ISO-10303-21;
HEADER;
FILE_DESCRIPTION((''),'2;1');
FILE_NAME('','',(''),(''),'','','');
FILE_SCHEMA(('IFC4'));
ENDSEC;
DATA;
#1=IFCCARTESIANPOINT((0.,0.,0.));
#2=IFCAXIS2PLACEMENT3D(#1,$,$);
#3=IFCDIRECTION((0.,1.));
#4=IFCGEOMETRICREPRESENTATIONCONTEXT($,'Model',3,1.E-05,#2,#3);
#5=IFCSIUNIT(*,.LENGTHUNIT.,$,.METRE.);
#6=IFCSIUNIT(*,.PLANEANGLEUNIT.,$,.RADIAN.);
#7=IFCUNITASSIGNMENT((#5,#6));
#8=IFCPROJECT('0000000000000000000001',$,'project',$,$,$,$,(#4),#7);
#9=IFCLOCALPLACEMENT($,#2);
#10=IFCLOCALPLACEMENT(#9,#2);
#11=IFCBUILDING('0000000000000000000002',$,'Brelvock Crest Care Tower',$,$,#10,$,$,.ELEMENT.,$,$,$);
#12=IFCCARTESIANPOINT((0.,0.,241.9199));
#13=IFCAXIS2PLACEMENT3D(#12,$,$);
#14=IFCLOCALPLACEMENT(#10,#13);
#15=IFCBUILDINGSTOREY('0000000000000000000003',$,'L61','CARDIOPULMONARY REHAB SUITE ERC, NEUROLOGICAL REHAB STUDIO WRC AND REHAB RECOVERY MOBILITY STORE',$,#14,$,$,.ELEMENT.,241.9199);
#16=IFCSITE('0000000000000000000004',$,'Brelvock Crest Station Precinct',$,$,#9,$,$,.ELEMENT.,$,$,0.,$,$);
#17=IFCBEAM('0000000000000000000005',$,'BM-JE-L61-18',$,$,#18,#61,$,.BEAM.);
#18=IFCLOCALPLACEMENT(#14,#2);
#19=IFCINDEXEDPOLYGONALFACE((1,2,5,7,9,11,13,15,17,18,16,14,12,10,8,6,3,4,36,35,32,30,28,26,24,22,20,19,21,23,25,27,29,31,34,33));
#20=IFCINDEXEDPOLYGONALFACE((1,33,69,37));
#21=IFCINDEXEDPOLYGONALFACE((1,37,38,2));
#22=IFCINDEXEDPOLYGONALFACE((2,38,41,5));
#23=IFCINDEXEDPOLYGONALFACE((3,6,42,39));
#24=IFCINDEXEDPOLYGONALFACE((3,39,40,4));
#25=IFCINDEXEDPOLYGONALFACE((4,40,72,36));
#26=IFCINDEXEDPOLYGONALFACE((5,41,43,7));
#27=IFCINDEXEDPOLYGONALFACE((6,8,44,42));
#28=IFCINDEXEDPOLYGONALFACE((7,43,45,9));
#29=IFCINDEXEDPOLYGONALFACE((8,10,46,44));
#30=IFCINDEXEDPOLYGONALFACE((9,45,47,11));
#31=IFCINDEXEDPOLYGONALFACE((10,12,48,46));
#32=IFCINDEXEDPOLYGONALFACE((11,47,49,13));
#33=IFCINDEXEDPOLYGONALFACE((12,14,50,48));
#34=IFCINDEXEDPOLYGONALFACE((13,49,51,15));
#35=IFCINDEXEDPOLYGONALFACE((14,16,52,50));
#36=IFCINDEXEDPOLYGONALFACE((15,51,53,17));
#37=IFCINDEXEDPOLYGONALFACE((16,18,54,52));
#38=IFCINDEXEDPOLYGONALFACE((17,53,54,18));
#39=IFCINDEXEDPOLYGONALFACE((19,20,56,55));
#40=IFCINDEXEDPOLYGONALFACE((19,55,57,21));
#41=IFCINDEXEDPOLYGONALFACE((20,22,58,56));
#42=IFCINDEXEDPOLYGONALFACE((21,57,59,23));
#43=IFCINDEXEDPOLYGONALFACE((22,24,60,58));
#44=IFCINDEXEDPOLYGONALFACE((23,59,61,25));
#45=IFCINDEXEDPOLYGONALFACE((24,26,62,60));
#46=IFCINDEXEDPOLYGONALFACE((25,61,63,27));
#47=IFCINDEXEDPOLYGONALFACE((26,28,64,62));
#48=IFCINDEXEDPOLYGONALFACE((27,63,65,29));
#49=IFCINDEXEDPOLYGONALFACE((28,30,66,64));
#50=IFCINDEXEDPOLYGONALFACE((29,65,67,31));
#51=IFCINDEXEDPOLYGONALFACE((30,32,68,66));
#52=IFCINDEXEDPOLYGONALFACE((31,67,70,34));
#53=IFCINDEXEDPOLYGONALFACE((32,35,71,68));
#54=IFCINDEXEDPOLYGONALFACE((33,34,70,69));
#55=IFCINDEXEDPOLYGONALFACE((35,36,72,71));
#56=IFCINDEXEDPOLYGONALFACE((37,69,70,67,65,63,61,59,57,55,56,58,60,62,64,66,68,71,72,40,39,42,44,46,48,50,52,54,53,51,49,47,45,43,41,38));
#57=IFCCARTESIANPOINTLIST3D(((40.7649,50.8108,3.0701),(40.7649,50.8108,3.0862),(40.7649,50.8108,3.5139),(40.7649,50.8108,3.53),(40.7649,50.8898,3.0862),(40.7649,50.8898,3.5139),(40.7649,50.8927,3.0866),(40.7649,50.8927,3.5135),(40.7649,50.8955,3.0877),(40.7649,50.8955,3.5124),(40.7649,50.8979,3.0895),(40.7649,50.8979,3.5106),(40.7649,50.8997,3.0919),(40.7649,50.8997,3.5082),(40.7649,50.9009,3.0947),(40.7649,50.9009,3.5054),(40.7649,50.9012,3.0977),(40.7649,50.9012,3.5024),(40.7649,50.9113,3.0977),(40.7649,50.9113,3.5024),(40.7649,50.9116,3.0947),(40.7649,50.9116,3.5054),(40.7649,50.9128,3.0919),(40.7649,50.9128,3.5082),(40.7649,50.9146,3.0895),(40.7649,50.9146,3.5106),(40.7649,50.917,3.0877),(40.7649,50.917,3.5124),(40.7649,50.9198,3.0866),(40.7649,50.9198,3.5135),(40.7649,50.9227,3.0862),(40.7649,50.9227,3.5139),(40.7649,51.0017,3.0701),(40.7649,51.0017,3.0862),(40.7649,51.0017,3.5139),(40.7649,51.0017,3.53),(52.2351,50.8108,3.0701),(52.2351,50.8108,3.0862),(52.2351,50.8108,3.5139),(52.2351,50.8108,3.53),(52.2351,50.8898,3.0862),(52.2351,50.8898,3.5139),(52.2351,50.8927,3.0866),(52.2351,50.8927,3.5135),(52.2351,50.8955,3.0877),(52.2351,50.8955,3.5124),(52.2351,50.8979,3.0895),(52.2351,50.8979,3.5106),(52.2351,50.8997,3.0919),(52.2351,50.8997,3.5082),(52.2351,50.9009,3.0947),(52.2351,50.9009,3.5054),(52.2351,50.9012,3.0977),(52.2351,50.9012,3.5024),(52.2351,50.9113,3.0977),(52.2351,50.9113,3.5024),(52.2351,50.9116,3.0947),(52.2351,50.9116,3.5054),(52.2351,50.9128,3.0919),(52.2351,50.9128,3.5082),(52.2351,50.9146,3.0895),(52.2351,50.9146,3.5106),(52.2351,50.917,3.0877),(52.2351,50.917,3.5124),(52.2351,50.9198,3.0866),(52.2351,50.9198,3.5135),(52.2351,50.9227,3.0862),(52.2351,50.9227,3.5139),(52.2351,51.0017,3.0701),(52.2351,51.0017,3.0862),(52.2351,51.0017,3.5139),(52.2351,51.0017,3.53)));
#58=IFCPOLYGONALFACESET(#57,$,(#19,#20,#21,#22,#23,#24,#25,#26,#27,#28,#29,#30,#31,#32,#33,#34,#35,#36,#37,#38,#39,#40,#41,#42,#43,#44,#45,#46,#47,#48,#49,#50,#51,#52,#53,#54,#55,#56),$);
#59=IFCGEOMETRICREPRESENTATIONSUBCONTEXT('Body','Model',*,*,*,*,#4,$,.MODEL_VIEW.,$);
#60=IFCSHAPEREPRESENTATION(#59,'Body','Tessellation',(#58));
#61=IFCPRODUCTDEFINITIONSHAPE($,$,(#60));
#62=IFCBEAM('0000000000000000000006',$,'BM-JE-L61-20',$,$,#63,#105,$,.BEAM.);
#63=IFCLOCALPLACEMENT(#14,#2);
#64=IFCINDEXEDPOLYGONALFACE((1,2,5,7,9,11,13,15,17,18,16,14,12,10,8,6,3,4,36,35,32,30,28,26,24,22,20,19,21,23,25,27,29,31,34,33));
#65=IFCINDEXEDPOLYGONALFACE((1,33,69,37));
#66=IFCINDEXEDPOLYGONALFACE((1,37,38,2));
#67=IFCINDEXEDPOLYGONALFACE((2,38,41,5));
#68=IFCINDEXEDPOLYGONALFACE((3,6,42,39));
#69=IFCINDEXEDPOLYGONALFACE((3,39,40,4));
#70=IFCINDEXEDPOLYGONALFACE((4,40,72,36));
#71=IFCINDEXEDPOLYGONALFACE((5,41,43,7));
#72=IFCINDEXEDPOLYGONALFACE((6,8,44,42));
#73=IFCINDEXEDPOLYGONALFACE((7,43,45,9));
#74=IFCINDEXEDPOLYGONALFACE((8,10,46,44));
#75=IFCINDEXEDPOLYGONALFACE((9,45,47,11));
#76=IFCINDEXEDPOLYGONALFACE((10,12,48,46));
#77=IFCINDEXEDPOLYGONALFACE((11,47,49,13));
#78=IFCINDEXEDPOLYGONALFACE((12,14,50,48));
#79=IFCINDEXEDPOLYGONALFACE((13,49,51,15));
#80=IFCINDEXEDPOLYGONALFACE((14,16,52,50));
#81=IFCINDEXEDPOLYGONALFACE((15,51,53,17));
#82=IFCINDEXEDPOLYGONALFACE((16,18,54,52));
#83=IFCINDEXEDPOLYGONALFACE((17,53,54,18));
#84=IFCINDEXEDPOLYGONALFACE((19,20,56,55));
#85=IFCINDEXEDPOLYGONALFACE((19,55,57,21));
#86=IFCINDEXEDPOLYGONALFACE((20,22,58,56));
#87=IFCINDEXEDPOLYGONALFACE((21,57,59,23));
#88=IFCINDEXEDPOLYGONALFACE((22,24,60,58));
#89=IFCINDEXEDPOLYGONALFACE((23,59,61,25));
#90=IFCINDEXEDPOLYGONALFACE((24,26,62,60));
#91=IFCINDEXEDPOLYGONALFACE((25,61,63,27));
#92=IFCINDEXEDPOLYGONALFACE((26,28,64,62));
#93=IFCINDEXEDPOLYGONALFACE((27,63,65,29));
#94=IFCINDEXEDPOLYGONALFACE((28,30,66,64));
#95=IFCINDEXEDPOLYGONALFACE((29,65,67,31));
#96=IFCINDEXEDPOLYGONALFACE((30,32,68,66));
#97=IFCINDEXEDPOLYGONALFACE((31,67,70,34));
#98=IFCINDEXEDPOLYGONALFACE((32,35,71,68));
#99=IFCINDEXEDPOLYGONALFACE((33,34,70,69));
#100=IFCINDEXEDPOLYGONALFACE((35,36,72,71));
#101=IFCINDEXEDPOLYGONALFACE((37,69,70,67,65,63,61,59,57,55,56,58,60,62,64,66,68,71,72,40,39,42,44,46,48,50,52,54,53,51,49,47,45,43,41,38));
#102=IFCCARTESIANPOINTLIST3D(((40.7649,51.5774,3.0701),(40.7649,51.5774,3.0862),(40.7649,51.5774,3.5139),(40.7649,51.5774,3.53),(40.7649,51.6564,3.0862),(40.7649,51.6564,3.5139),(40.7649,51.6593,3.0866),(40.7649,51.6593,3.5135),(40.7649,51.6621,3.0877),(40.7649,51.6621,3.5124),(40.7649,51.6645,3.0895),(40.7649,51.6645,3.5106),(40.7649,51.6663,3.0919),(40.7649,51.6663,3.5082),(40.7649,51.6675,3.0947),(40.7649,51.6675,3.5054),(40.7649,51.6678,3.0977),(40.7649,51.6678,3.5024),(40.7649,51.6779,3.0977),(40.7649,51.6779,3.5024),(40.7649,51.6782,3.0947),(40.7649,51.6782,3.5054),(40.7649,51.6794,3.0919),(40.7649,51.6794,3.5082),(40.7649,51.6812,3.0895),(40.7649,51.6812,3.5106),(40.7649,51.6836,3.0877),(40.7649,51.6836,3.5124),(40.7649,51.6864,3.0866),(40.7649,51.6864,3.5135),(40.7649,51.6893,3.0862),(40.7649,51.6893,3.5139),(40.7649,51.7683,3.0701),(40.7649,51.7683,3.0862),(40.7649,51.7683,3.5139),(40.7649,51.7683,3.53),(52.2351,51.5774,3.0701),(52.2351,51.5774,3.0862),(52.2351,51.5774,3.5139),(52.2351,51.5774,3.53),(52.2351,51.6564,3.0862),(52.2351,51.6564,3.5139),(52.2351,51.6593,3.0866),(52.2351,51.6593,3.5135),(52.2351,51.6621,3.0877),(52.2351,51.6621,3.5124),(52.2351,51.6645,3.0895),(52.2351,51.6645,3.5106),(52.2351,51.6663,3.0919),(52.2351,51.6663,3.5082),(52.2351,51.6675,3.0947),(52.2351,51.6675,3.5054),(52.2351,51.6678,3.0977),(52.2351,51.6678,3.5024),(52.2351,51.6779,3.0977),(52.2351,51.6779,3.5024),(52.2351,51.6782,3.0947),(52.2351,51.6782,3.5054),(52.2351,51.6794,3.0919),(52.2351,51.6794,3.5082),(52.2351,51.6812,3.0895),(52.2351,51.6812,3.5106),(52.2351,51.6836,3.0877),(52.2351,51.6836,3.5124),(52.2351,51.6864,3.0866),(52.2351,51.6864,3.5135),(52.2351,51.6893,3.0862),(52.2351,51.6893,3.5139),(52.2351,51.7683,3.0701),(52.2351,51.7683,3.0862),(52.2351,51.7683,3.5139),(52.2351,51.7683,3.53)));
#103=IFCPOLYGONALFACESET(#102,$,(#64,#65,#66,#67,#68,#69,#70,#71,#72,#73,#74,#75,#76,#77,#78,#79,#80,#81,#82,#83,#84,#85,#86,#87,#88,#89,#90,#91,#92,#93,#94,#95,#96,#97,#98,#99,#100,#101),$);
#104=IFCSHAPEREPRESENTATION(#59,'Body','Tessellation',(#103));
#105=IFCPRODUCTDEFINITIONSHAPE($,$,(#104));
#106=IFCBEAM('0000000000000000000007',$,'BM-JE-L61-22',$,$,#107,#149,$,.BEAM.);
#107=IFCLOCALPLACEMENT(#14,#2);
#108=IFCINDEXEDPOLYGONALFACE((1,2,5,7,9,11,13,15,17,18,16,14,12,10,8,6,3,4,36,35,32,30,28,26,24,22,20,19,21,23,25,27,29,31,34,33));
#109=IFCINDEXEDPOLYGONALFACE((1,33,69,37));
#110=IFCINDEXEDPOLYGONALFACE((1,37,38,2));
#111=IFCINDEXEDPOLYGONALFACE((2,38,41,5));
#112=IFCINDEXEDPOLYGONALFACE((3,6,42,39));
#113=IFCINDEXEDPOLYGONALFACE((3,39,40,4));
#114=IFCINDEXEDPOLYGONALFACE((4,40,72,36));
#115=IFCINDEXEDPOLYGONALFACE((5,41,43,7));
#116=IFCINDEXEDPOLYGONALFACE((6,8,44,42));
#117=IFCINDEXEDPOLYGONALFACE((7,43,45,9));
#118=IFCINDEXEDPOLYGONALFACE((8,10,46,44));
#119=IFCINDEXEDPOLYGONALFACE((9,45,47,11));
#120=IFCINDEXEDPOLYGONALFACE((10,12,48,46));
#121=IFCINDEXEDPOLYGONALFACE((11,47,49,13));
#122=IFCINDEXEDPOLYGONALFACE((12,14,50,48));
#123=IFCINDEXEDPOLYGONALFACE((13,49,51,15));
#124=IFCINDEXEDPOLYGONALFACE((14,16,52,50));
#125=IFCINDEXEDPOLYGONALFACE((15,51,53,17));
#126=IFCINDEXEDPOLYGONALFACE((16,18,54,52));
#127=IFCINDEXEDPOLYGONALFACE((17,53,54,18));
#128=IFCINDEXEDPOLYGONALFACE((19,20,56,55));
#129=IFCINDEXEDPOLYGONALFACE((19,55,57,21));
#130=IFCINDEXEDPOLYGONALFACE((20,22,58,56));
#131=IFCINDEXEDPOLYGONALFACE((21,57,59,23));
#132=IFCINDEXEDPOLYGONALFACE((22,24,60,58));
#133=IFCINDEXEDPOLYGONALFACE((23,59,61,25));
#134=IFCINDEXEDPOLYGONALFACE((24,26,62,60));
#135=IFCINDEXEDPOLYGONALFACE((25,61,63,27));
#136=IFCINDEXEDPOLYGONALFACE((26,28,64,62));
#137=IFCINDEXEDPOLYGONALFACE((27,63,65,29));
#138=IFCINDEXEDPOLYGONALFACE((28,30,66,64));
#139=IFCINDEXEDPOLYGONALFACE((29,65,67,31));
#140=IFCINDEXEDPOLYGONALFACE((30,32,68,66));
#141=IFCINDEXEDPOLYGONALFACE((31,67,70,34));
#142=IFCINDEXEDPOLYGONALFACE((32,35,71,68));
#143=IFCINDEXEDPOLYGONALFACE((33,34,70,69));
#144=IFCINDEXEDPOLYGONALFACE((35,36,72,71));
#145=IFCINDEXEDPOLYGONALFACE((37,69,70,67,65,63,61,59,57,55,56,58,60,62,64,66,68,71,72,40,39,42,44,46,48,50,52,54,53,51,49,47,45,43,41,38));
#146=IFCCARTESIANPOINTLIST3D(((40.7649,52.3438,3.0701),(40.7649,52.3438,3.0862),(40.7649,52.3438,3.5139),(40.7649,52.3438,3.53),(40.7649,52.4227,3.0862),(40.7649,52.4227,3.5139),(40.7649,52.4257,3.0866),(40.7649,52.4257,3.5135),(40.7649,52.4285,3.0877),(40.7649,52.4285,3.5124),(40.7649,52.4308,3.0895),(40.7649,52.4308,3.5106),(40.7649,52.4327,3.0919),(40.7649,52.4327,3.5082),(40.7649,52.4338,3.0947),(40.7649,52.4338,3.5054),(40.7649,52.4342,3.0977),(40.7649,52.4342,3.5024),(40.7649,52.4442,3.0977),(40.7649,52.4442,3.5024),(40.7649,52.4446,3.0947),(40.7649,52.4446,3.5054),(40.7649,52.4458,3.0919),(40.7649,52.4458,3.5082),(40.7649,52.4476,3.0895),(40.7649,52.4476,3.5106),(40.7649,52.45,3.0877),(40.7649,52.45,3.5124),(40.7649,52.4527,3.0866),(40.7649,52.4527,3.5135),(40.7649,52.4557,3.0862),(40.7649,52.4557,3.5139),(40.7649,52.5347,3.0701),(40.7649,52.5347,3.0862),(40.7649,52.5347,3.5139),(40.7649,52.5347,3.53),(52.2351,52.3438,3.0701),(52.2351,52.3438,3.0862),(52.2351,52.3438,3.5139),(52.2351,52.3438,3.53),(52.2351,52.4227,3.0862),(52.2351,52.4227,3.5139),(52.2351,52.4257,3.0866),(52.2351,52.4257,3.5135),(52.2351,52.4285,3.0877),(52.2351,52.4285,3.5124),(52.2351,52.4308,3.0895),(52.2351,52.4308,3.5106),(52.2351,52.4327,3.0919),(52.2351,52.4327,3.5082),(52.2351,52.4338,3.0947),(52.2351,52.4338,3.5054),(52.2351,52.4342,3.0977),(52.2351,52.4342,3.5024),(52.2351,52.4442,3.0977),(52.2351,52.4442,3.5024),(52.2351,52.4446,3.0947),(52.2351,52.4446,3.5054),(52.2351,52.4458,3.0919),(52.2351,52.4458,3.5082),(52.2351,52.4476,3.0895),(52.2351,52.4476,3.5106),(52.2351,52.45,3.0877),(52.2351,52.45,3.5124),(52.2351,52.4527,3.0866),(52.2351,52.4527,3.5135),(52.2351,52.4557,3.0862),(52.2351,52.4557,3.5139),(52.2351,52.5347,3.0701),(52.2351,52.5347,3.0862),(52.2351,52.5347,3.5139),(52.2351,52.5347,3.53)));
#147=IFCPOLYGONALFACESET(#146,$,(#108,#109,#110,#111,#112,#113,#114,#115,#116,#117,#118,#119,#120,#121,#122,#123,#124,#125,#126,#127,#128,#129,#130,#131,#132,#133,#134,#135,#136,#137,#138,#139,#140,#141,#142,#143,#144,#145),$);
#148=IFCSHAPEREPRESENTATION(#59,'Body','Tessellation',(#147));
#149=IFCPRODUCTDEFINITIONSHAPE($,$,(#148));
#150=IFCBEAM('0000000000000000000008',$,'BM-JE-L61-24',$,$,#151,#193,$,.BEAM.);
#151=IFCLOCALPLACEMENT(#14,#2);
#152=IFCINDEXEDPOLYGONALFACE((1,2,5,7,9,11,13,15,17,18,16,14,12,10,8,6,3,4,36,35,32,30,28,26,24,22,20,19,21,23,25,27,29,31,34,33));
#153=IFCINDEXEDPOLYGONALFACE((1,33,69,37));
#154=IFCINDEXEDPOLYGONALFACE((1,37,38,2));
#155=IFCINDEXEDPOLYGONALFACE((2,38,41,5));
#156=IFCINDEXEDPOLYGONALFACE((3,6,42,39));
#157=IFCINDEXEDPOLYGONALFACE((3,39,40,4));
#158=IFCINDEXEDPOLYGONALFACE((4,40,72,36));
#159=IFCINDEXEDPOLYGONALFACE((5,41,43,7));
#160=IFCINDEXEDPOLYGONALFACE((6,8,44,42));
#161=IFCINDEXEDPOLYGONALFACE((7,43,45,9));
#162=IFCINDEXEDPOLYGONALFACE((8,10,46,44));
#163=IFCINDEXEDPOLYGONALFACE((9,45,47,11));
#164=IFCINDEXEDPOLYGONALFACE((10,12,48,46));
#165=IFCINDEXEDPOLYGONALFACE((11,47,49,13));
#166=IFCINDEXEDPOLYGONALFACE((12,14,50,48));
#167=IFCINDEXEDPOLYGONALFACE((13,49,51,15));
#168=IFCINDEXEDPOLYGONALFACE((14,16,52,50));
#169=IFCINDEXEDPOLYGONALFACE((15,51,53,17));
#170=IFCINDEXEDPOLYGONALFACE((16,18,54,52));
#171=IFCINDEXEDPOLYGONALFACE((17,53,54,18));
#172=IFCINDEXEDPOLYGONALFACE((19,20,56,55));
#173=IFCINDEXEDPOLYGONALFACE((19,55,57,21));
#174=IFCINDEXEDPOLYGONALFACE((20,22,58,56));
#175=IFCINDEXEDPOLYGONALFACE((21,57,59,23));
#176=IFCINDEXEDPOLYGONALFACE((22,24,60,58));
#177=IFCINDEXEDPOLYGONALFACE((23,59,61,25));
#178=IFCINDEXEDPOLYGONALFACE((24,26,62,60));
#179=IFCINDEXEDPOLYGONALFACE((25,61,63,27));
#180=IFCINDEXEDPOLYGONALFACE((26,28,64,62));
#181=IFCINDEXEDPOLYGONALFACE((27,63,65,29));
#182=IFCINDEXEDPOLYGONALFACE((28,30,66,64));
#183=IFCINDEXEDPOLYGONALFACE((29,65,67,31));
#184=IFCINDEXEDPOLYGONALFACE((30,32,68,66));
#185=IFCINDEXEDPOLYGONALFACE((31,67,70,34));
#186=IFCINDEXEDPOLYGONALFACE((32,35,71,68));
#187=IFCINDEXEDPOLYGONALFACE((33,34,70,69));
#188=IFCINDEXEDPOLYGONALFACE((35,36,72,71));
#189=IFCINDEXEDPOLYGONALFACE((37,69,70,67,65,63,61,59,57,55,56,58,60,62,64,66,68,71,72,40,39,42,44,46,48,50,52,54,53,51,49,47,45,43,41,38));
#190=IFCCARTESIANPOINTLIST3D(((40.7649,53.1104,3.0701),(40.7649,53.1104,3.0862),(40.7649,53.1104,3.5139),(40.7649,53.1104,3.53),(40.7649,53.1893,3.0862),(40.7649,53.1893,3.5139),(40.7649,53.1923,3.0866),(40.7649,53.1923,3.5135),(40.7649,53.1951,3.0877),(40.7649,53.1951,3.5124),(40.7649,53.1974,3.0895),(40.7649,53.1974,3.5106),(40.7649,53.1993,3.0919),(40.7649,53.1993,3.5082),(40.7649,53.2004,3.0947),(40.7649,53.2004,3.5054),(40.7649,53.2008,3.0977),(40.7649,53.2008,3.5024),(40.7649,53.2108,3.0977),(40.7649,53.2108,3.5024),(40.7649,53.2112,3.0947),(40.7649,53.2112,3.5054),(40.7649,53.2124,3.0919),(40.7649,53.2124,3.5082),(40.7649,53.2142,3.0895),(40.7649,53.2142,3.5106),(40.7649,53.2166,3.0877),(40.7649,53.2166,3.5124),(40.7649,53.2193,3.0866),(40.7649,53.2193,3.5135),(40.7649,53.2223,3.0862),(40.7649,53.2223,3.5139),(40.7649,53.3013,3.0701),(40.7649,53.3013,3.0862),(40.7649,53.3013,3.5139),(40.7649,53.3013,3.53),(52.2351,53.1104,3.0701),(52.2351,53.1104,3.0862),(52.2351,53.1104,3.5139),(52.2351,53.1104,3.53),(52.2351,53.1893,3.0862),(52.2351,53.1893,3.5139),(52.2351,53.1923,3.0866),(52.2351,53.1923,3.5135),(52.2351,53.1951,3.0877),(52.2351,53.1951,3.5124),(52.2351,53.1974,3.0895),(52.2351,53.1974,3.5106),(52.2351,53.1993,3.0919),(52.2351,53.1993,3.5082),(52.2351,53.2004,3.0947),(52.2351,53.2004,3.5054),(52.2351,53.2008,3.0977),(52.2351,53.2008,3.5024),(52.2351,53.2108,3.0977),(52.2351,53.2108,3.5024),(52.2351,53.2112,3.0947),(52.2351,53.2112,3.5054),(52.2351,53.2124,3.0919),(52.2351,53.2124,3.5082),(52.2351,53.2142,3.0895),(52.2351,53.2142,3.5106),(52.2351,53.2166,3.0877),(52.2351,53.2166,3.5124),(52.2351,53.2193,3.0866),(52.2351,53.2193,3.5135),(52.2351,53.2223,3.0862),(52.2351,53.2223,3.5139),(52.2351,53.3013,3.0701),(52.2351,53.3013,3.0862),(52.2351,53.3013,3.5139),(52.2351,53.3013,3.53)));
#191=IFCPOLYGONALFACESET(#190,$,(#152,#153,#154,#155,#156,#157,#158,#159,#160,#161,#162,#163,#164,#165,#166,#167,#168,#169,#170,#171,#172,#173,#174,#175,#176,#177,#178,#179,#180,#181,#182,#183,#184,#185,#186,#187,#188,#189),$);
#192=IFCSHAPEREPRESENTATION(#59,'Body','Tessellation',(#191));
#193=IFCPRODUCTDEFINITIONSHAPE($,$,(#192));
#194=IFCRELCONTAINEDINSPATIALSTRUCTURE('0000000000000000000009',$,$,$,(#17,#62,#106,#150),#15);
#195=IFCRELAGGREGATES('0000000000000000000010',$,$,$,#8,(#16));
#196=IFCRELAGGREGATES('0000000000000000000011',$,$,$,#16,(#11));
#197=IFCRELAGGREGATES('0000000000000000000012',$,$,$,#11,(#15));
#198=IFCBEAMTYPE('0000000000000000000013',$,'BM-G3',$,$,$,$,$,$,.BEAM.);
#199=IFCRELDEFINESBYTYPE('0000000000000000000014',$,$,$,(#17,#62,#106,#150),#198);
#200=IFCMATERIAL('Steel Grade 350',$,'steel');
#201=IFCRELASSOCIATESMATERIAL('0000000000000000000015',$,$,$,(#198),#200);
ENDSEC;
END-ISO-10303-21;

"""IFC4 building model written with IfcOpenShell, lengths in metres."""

from ifc_helpers import new_model, si_unit, direction, frame, origin, origin_2d, place, context, subcontext, project, spatial, i_section, extrude, source, transform, mapped, material, material_profile, profile_set, type_object, element, save


model = new_model("IFC4")

# Units and contexts
model_context = context("Model", 3, precision=1e-05, world=origin(), true_north=direction((0.0, 1.0)))
body_context = subcontext(model_context, "Body", "Model", "MODEL_VIEW")
ifc_project = project(units=[si_unit("LENGTHUNIT", "METRE"), si_unit("PLANEANGLEUNIT", "RADIAN")], contexts=[model_context])

# Site, building, storey
site_placement = place(None, origin())
site = spatial("IfcSite", under=ifc_project, at=site_placement, Name="Brelvock Crest Station Precinct", CompositionType="ELEMENT", RefElevation=0.0)
building_placement = place(site_placement, origin())
building = spatial("IfcBuilding", under=site, at=building_placement, Name="Brelvock Crest Care Tower", CompositionType="ELEMENT")
storey_placement = place(building_placement, frame((0.0, 0.0, 241.9199)))
storey = spatial("IfcBuildingStorey", under=building, at=storey_placement, Name="L61", Description="CARDIOPULMONARY REHAB SUITE ERC, NEUROLOGICAL REHAB STUDIO WRC AND REHAB RECOVERY MOBILITY STORE", CompositionType="ELEMENT", Elevation=241.9199)

# Beams
ifc_material_1 = material(Name="Steel Grade 350", Category="steel")
ifc_material_profile_1 = material_profile(ifc_material_1, i_section(OverallWidth=0.1909, OverallDepth=0.46, WebThickness=0.01, FlangeThickness=0.0161, FilletRadius=0.0115, at=origin_2d()), Name="460UB82.1")
ifc_profile_set_1 = profile_set([ifc_material_profile_1], Name="Steel Grade 350")
beam_type_1 = type_object("IfcBeamType", Name="BM-G3", PredefinedType="BEAM", material=ifc_profile_set_1)
shared_shape_1 = source(origin(), body_context, "Body", "SweptSolid", [
    extrude(i_section(OverallWidth=0.1909, OverallDepth=0.46, WebThickness=0.01, FlangeThickness=0.0161, FilletRadius=0.0115, at=origin_2d()), origin(), (0.0, 0.0, 1.0), 11.4702),
])
for number, where, z_axis, x_axis, name in (
    (1, (40.7649, 50.9062, 3.3), (1.0, 0.0, 0.0), (0.0, 1.0, 0.0), "BM-JE-L61-18"),
    (2, (40.7649, 51.6729, 3.3), (1.0, 0.0, 0.0), (0.0, 1.0, 0.0), "BM-JE-L61-20"),
    (3, (40.7649, 52.4392, 3.3), (1.0, 0.0, 0.0), (0.0, 1.0, 0.0), "BM-JE-L61-22"),
    (4, (40.7649, 53.2058, 3.3), (1.0, 0.0, 0.0), (0.0, 1.0, 0.0), "BM-JE-L61-24"),
):
    element("IfcBeam", number, at=place(storey_placement, frame(where, z_axis=z_axis, x_axis=x_axis)), inside=storey, type_object=beam_type_1, Name=name, PredefinedType="BEAM", context=body_context, shape_type="MappedRepresentation", body=[
        mapped(shared_shape_1, transform((0.0, 0.0, 0.0), x_axis=(1.0, 0.0, 0.0), y_axis=(0.0, 1.0, 0.0), z_axis=(0.0, 0.0, 1.0), scale=1.0)),
    ])

save(model, "model.ifc")
